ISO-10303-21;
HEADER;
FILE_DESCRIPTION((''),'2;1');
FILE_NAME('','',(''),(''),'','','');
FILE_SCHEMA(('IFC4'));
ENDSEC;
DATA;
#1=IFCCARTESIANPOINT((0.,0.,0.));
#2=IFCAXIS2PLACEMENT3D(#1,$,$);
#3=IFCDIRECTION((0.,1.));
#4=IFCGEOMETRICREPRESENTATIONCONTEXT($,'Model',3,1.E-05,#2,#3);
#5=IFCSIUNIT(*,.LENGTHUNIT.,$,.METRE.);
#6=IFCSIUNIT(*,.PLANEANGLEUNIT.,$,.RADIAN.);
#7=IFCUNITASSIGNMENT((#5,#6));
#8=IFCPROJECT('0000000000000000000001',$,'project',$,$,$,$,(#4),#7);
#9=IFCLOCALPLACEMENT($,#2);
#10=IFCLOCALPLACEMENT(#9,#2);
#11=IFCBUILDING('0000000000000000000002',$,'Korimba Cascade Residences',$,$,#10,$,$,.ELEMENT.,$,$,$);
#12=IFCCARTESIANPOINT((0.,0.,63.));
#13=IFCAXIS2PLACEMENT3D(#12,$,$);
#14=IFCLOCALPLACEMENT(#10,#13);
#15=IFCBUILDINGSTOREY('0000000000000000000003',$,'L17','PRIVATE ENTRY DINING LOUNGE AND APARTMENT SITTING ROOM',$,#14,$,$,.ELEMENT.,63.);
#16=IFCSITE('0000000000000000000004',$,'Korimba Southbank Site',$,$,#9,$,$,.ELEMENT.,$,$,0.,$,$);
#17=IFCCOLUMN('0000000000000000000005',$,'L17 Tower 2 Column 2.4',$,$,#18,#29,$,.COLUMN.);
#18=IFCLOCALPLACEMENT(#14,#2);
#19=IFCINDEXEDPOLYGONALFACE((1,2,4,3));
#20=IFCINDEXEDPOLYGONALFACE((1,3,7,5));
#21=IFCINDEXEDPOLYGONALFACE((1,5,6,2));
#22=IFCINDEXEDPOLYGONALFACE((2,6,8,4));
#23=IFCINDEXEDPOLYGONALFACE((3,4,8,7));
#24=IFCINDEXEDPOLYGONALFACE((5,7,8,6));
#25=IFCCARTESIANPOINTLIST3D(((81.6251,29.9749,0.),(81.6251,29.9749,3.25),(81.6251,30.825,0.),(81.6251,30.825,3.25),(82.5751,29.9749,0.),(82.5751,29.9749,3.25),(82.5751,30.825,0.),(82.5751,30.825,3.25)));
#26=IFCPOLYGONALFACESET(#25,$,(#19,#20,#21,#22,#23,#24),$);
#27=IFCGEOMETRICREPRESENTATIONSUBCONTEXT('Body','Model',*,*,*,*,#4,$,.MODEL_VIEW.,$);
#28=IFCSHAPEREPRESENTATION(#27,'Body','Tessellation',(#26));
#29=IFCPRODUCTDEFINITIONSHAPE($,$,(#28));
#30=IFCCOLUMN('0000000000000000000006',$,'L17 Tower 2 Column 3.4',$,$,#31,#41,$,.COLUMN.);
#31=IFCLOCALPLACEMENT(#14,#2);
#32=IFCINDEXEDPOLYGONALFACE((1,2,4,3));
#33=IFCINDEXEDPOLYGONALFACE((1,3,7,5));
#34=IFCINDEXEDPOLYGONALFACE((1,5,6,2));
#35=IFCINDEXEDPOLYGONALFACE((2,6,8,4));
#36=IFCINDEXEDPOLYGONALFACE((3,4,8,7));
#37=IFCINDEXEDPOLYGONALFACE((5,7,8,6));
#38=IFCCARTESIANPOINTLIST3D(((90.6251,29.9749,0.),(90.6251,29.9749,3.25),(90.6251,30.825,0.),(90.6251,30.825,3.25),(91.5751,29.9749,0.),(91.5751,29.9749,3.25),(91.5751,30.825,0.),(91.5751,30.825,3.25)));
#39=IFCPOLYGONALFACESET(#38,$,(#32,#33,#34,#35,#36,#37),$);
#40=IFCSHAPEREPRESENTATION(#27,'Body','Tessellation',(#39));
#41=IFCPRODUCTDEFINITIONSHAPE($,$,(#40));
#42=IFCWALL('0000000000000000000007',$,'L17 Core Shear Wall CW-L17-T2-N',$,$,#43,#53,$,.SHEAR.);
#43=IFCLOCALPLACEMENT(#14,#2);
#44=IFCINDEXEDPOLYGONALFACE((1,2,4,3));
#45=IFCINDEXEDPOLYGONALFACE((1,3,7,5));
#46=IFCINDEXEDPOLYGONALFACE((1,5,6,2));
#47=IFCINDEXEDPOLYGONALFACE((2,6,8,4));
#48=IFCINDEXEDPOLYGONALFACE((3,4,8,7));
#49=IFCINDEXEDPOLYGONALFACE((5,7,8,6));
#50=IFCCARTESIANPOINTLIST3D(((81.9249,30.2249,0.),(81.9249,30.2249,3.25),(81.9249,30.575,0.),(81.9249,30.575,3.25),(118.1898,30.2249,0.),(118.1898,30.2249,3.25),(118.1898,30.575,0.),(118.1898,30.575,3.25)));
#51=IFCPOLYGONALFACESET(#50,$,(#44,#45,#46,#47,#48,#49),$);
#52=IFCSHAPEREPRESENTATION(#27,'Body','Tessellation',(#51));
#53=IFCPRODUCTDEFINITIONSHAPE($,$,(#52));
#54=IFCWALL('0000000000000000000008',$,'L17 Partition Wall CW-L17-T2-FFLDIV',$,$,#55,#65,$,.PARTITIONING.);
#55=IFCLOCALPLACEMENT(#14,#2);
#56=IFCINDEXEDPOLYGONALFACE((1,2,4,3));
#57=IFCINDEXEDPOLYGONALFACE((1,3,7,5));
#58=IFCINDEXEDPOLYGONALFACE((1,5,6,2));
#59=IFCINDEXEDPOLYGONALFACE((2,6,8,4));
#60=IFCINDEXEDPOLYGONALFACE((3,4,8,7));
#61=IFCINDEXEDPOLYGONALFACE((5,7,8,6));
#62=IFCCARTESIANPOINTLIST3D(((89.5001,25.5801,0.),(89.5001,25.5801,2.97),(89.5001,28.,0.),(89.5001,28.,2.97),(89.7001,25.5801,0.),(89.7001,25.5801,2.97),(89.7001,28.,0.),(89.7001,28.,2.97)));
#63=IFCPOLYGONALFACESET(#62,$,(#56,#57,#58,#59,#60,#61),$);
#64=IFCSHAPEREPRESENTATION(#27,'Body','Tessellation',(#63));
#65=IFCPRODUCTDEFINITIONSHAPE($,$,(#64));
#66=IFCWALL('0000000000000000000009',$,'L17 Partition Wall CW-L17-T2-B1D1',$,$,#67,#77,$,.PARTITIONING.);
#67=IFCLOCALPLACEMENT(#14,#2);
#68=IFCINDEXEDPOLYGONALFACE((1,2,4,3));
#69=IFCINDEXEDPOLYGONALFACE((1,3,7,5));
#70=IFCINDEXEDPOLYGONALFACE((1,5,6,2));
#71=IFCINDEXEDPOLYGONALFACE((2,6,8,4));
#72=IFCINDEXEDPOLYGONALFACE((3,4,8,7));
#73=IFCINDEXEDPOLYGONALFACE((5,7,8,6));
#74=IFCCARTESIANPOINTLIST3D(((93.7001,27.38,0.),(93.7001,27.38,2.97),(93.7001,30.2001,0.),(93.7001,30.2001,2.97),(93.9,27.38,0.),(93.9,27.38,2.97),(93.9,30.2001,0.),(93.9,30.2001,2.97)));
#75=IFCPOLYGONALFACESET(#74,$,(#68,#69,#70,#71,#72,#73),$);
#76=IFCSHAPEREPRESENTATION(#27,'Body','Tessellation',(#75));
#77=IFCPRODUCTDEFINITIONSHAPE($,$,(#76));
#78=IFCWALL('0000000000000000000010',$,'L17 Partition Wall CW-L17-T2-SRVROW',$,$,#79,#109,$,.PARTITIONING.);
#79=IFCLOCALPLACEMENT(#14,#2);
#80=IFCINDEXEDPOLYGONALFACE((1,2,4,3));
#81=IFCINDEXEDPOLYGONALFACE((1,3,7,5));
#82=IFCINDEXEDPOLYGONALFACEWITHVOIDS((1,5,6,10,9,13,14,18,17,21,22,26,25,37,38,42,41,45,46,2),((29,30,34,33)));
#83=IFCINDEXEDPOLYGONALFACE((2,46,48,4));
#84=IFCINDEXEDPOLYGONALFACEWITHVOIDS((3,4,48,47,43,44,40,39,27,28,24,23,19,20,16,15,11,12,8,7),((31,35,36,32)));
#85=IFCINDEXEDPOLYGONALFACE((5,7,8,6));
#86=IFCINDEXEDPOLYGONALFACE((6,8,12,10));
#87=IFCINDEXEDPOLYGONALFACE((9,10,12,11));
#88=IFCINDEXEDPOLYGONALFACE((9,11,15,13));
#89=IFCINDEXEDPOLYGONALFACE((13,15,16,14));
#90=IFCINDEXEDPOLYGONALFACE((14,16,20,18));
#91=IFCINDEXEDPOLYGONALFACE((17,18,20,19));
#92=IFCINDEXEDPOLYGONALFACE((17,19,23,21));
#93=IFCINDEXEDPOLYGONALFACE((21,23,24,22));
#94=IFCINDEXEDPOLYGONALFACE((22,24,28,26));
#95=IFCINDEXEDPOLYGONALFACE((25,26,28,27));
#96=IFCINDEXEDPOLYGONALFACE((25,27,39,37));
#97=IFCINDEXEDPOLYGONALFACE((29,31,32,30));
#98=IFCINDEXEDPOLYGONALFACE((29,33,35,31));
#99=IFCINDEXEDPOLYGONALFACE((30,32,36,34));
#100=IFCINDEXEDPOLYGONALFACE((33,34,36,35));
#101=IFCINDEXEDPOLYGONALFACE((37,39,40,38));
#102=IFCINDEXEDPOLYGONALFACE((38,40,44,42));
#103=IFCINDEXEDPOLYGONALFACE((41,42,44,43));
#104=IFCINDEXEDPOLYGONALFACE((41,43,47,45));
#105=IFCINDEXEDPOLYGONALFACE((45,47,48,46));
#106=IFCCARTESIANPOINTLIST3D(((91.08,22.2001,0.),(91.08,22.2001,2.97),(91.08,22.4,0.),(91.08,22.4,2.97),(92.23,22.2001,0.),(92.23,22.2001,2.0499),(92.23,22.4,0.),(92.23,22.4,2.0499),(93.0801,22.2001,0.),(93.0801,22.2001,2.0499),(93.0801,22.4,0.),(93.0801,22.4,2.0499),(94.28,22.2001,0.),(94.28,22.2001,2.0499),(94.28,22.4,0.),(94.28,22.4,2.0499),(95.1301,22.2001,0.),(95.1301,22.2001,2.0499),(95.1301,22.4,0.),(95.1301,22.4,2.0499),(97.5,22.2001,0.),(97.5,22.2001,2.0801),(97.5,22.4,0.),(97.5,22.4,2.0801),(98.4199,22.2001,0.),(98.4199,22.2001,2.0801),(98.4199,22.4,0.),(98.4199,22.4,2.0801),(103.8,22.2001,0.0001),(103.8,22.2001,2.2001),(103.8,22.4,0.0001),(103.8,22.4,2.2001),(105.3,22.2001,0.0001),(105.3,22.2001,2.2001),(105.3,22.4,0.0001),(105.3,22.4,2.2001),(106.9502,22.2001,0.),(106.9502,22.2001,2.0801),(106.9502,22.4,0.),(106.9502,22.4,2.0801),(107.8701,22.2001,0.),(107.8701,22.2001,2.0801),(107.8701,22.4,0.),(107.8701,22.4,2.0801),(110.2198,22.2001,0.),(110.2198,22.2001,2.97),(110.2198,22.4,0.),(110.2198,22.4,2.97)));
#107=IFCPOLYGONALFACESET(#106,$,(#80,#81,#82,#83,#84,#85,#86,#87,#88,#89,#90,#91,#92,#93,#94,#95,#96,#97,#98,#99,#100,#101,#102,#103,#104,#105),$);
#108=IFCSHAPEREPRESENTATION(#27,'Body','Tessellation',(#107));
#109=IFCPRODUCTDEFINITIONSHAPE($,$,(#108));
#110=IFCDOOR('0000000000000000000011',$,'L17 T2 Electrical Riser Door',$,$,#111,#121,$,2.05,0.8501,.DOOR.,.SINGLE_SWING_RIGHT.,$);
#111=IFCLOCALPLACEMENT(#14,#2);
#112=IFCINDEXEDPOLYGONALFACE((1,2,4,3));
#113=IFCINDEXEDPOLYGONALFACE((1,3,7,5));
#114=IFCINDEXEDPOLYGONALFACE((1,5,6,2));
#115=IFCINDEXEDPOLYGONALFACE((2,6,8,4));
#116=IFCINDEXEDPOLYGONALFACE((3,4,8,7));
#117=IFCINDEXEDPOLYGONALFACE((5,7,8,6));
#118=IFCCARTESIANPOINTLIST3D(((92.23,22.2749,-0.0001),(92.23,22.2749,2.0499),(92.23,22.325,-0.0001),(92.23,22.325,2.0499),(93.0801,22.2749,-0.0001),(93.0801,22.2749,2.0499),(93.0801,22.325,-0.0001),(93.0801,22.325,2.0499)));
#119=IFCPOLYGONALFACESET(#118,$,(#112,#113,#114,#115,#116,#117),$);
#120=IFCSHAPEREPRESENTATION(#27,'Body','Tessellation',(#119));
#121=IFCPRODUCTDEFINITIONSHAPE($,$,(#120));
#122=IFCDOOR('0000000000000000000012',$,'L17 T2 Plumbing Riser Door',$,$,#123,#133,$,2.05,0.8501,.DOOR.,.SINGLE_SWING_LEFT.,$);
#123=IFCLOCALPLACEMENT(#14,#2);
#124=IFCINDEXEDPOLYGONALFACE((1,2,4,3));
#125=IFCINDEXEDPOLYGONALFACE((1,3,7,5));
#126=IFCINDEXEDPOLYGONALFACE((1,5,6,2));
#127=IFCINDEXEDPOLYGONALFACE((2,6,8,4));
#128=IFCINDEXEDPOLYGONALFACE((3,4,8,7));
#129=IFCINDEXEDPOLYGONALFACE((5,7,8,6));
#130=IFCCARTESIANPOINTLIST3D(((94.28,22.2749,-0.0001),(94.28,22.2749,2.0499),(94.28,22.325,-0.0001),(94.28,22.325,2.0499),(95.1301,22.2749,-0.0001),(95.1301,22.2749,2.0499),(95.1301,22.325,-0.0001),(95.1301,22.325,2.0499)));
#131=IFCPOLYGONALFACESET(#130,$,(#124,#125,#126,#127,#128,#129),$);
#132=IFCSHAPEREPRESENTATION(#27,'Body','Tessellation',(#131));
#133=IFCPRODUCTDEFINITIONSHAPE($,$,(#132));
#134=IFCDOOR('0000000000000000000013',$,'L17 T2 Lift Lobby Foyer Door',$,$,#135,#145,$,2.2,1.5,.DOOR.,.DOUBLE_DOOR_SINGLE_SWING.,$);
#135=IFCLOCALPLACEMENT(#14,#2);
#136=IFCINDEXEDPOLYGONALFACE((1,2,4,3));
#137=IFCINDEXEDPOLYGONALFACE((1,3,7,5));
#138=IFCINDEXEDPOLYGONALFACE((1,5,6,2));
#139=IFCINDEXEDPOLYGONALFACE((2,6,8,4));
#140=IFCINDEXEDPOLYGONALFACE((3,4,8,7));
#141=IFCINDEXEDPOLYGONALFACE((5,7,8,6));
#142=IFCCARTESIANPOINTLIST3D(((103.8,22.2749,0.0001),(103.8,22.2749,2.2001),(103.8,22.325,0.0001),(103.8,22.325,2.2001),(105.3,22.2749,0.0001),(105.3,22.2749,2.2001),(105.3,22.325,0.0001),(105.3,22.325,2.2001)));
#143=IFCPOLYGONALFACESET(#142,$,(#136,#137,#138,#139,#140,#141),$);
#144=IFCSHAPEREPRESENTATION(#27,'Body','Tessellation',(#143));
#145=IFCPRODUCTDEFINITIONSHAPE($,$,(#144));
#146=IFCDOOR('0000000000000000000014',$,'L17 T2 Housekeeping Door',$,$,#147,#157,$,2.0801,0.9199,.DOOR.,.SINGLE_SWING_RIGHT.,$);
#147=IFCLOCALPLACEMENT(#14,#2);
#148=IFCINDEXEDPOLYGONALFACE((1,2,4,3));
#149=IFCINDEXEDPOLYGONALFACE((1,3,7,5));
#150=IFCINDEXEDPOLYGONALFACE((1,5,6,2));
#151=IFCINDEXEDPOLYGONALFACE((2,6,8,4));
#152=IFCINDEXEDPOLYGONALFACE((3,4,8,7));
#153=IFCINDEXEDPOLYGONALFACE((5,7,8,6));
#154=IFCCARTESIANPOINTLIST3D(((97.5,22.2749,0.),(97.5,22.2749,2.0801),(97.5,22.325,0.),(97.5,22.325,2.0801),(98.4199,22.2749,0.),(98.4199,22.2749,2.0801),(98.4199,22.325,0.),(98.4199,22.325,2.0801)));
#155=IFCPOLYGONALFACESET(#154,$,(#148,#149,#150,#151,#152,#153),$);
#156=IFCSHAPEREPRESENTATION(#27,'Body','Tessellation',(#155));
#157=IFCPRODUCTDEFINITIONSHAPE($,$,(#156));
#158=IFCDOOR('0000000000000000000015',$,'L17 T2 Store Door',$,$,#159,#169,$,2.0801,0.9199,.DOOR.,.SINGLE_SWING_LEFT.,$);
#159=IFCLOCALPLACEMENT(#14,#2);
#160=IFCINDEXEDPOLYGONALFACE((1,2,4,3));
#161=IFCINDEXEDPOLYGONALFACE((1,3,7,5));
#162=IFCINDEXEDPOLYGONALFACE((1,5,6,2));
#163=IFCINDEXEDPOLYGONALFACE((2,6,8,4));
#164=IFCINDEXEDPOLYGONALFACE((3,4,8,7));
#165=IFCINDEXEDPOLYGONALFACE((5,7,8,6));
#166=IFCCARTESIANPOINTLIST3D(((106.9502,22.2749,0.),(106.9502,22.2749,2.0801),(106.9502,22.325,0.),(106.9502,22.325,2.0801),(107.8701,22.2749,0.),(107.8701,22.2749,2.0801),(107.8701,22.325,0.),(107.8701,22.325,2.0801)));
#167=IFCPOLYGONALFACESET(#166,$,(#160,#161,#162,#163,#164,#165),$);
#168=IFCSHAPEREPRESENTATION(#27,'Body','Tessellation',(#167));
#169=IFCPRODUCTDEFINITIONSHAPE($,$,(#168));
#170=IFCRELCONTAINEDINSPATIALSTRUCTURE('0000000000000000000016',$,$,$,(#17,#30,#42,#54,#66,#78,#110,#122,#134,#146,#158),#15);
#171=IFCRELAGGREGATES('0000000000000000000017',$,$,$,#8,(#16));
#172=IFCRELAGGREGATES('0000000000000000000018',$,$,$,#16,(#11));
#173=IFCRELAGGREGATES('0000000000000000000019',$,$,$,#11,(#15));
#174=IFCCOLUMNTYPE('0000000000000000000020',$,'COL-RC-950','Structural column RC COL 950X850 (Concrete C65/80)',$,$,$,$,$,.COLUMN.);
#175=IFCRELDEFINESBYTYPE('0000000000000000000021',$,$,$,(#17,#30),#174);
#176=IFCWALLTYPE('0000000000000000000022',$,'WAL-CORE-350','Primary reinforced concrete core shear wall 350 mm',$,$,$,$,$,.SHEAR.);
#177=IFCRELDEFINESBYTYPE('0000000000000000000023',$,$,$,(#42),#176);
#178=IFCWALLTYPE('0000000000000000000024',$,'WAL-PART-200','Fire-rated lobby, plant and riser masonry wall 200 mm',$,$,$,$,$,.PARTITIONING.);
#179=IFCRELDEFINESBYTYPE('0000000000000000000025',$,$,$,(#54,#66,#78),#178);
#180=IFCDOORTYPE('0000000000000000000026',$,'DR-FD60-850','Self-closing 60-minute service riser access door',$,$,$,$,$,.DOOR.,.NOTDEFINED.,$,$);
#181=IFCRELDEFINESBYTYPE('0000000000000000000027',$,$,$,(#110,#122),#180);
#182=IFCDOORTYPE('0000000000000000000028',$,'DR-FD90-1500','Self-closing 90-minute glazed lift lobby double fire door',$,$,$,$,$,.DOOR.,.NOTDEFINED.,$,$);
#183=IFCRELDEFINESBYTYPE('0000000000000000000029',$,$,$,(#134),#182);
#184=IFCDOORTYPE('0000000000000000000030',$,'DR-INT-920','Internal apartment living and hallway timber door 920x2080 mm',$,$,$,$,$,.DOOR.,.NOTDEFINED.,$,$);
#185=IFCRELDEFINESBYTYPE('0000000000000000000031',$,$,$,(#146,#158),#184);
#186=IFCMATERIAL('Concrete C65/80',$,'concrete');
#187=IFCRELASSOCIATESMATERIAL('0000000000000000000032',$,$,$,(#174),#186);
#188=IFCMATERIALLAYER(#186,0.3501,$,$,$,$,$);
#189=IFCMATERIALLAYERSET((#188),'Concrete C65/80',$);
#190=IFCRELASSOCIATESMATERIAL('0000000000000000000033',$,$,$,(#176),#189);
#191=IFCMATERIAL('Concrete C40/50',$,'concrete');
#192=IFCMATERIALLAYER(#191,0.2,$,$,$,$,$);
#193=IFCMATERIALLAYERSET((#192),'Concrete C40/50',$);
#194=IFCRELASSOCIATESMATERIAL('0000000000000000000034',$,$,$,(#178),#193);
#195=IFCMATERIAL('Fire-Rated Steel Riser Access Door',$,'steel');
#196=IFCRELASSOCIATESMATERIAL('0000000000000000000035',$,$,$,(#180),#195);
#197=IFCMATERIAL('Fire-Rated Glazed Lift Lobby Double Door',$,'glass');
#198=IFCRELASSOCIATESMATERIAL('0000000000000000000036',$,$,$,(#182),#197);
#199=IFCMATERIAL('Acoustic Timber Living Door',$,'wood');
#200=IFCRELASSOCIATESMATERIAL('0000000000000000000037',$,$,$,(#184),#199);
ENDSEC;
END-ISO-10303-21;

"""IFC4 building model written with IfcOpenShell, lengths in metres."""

from ifc_helpers import new_model, si_unit, direction, frame, frame_2d, origin, origin_2d, place, context, subcontext, project, spatial, rectangle, extrude, material, layer, layer_set, material_profile, profile_set, type_object, element, fill, save


model = new_model("IFC4")

# Units and contexts
model_context = context("Model", 3, precision=1e-05, world=origin(), true_north=direction((0.0, 1.0)))
body_context = subcontext(model_context, "Body", "Model", "MODEL_VIEW")
ifc_project = project(units=[si_unit("LENGTHUNIT", "METRE"), si_unit("PLANEANGLEUNIT", "RADIAN")], contexts=[model_context])

# Site, building, storey
site_placement = place(None, origin())
site = spatial("IfcSite", under=ifc_project, at=site_placement, Name="Korimba Southbank Site", CompositionType="ELEMENT", RefElevation=0.0)
building_placement = place(site_placement, origin())
building = spatial("IfcBuilding", under=site, at=building_placement, Name="Korimba Cascade Residences", CompositionType="ELEMENT")
storey_placement = place(building_placement, frame((0.0, 0.0, 63.0)))
storey = spatial("IfcBuildingStorey", under=building, at=storey_placement, Name="L17", Description="PRIVATE ENTRY DINING LOUNGE AND APARTMENT SITTING ROOM", CompositionType="ELEMENT", Elevation=63.0)

# Columns
ifc_material_1 = material(Name="Concrete C65/80", Category="concrete")
ifc_material_profile = material_profile(ifc_material_1, rectangle(XDim=0.95, YDim=0.8501, at=origin_2d()), Name="Concrete C65/80")
ifc_profile_set = profile_set([ifc_material_profile], Name="Concrete C65/80")
column_type = type_object("IfcColumnType", Name="COL-RC-950", Description="Structural column RC COL 950X850 (Concrete C65/80)", PredefinedType="COLUMN", material=ifc_profile_set)
for number, where, z_axis, x_axis, name in (
    (1, (82.1001, 30.3999, 0.0), (0.0, 0.0, 1.0), (1.0, 0.0, 0.0), "L17 Tower 2 Column 2.4"),
    (2, (91.1001, 30.3999, 0.0), (0.0, 0.0, 1.0), (1.0, 0.0, 0.0), "L17 Tower 2 Column 3.4"),
):
    element("IfcColumn", number, at=place(storey_placement, frame(where, z_axis=z_axis, x_axis=x_axis)), inside=storey, type_object=column_type, Name=name, PredefinedType="COLUMN", context=body_context, shape_type="SweptSolid", body=[
        extrude(rectangle(XDim=0.95, YDim=0.8501, at=origin_2d()), origin(), (0.0, 0.0, 1.0), 3.25),
    ])

# Walls
ifc_layer_1 = layer(ifc_material_1, 0.3501)
ifc_layer_set_1 = layer_set([ifc_layer_1], Name="Concrete C65/80")
wall_type_1 = type_object("IfcWallType", Name="WAL-CORE-350", Description="Primary reinforced concrete core shear wall 350 mm", PredefinedType="SHEAR", material=ifc_layer_set_1)
wall_1_placement = place(storey_placement, frame((81.925, 30.3999, 0.0), z_axis=(0.0, 0.0, 1.0), x_axis=(1.0, 0.0, 0.0)))
element("IfcWall", 3, at=wall_1_placement, inside=storey, type_object=wall_type_1, Name="L17 Core Shear Wall CW-L17-T2-N", PredefinedType="SHEAR", context=body_context, shape_type="SweptSolid", body=[
    extrude(rectangle(XDim=36.2649, YDim=0.3501, at=frame_2d((18.1323, 0.0))), origin(), (0.0, 0.0, 1.0), 3.25),
])
ifc_material_2 = material(Name="Concrete C40/50", Category="concrete")
ifc_layer_2 = layer(ifc_material_2, 0.2)
ifc_layer_set_2 = layer_set([ifc_layer_2], Name="Concrete C40/50")
wall_type_2 = type_object("IfcWallType", Name="WAL-PART-200", Description="Fire-rated lobby, plant and riser masonry wall 200 mm", PredefinedType="PARTITIONING", material=ifc_layer_set_2)
wall_2_placement = place(storey_placement, frame((89.6001, 25.5801, 0.0), z_axis=(0.0, 0.0, 1.0), x_axis=(0.0, 1.0, 0.0)))
element("IfcWall", 4, at=wall_2_placement, inside=storey, type_object=wall_type_2, Name="L17 Partition Wall CW-L17-T2-FFLDIV", PredefinedType="PARTITIONING", context=body_context, shape_type="SweptSolid", body=[
    extrude(rectangle(XDim=2.4199, YDim=0.2, at=frame_2d((1.21, 0.0))), origin(), (0.0, 0.0, 1.0), 2.97),
])
wall_3_placement = place(storey_placement, frame((93.8, 27.3799, 0.0), z_axis=(0.0, 0.0, 1.0), x_axis=(0.0, 1.0, 0.0)))
element("IfcWall", 5, at=wall_3_placement, inside=storey, type_object=wall_type_2, Name="L17 Partition Wall CW-L17-T2-B1D1", PredefinedType="PARTITIONING", context=body_context, shape_type="SweptSolid", body=[
    extrude(rectangle(XDim=2.8201, YDim=0.2, at=frame_2d((1.4102, 0.0))), origin(), (0.0, 0.0, 1.0), 2.97),
])

# Wall, openings, doors
wall_4_placement = place(storey_placement, frame((91.0801, 22.3, 0.0), z_axis=(0.0, 0.0, 1.0), x_axis=(1.0, 0.0, 0.0)))
wall_4 = element("IfcWall", 6, at=wall_4_placement, inside=storey, type_object=wall_type_2, Name="L17 Partition Wall CW-L17-T2-SRVROW", PredefinedType="PARTITIONING", context=body_context, shape_type="SweptSolid", body=[
    extrude(rectangle(XDim=19.1399, YDim=0.2, at=frame_2d((9.5698, 0.0))), origin(), (0.0, 0.0, 1.0), 2.97),
])
opening_1_placement = place(wall_4_placement, frame((1.1499, 0.0, 0.0)))
opening_1 = element("IfcOpeningElement", 7, at=opening_1_placement, cuts=wall_4, PredefinedType="OPENING", context=body_context, shape_type="SweptSolid", body=[
    extrude(rectangle(XDim=0.8501, YDim=2.05, at=frame_2d((0.425, 1.0249))), frame((0.0, 0.1099, 0.0), z_axis=(0.0, -1.0, 0.0), x_axis=(1.0, 0.0, 0.0)), (0.0, 0.0, 1.0), 0.22),
])
opening_2_placement = place(wall_4_placement, frame((3.2, 0.0, 0.0)))
opening_2 = element("IfcOpeningElement", 8, at=opening_2_placement, cuts=wall_4, PredefinedType="OPENING", context=body_context, shape_type="SweptSolid", body=[
    extrude(rectangle(XDim=0.8501, YDim=2.05, at=frame_2d((0.425, 1.0249))), frame((0.0, 0.1099, 0.0), z_axis=(0.0, -1.0, 0.0), x_axis=(1.0, 0.0, 0.0)), (0.0, 0.0, 1.0), 0.22),
])
opening_3_placement = place(wall_4_placement, frame((12.72, 0.0, 0.0)))
opening_3 = element("IfcOpeningElement", 9, at=opening_3_placement, cuts=wall_4, PredefinedType="OPENING", context=body_context, shape_type="SweptSolid", body=[
    extrude(rectangle(XDim=1.5, YDim=2.2, at=frame_2d((0.75, 1.1001))), frame((0.0, 0.1099, 0.0), z_axis=(0.0, -1.0, 0.0), x_axis=(1.0, 0.0, 0.0)), (0.0, 0.0, 1.0), 0.22),
])
opening_4_placement = place(wall_4_placement, frame((6.4199, 0.0, 0.0)))
opening_4 = element("IfcOpeningElement", 10, at=opening_4_placement, cuts=wall_4, PredefinedType="OPENING", context=body_context, shape_type="SweptSolid", body=[
    extrude(rectangle(XDim=0.9199, YDim=2.0801, at=frame_2d((0.46, 1.04))), frame((0.0, 0.1099, 0.0), z_axis=(0.0, -1.0, 0.0), x_axis=(1.0, 0.0, 0.0)), (0.0, 0.0, 1.0), 0.22),
])
opening_5_placement = place(wall_4_placement, frame((15.8701, 0.0, 0.0)))
opening_5 = element("IfcOpeningElement", 11, at=opening_5_placement, cuts=wall_4, PredefinedType="OPENING", context=body_context, shape_type="SweptSolid", body=[
    extrude(rectangle(XDim=0.9199, YDim=2.0801, at=frame_2d((0.46, 1.04))), frame((0.0, 0.1099, 0.0), z_axis=(0.0, -1.0, 0.0), x_axis=(1.0, 0.0, 0.0)), (0.0, 0.0, 1.0), 0.22),
])
ifc_material_3 = material(Name="Fire-Rated Steel Riser Access Door", Category="steel")
door_type_1 = type_object("IfcDoorType", Name="DR-FD60-850", Description="Self-closing 60-minute service riser access door", OperationType="NOTDEFINED", PredefinedType="DOOR", material=ifc_material_3)
door_1_placement = place(opening_1_placement, origin())
door_1 = element("IfcDoor", 12, at=door_1_placement, inside=storey, type_object=door_type_1, Name="L17 T2 Electrical Riser Door", OperationType="SINGLE_SWING_RIGHT", OverallHeight=2.05, OverallWidth=0.8501, PredefinedType="DOOR", context=body_context, shape_type="SweptSolid", body=[
    extrude(rectangle(XDim=0.8501, YDim=2.05, at=frame_2d((0.425, 1.0249))), frame((0.0, 0.0249, 0.0), z_axis=(0.0, -1.0, 0.0), x_axis=(1.0, 0.0, 0.0)), (0.0, 0.0, 1.0), 0.05),
])
fill(opening_1, door_1)
door_2_placement = place(opening_2_placement, origin())
door_2 = element("IfcDoor", 13, at=door_2_placement, inside=storey, type_object=door_type_1, Name="L17 T2 Plumbing Riser Door", OperationType="SINGLE_SWING_LEFT", OverallHeight=2.05, OverallWidth=0.8501, PredefinedType="DOOR", context=body_context, shape_type="SweptSolid", body=[
    extrude(rectangle(XDim=0.8501, YDim=2.05, at=frame_2d((0.425, 1.0249))), frame((0.0, 0.0249, 0.0), z_axis=(0.0, -1.0, 0.0), x_axis=(1.0, 0.0, 0.0)), (0.0, 0.0, 1.0), 0.05),
])
fill(opening_2, door_2)
ifc_material_4 = material(Name="Fire-Rated Glazed Lift Lobby Double Door", Category="glass")
door_type_2 = type_object("IfcDoorType", Name="DR-FD90-1500", Description="Self-closing 90-minute glazed lift lobby double fire door", OperationType="NOTDEFINED", PredefinedType="DOOR", material=ifc_material_4)
door_3_placement = place(opening_3_placement, origin())
door_3 = element("IfcDoor", 14, at=door_3_placement, inside=storey, type_object=door_type_2, Name="L17 T2 Lift Lobby Foyer Door", OperationType="DOUBLE_DOOR_SINGLE_SWING", OverallHeight=2.2, OverallWidth=1.5, PredefinedType="DOOR", context=body_context, shape_type="SweptSolid", body=[
    extrude(rectangle(XDim=1.5, YDim=2.2, at=frame_2d((0.75, 1.1001))), frame((0.0, 0.0249, 0.0), z_axis=(0.0, -1.0, 0.0), x_axis=(1.0, 0.0, 0.0)), (0.0, 0.0, 1.0), 0.05),
])
fill(opening_3, door_3)
ifc_material_5 = material(Name="Acoustic Timber Living Door", Category="wood")
door_type_3 = type_object("IfcDoorType", Name="DR-INT-920", Description="Internal apartment living and hallway timber door 920x2080 mm", OperationType="NOTDEFINED", PredefinedType="DOOR", material=ifc_material_5)
door_4_placement = place(opening_4_placement, origin())
door_4 = element("IfcDoor", 15, at=door_4_placement, inside=storey, type_object=door_type_3, Name="L17 T2 Housekeeping Door", OperationType="SINGLE_SWING_RIGHT", OverallHeight=2.0801, OverallWidth=0.9199, PredefinedType="DOOR", context=body_context, shape_type="SweptSolid", body=[
    extrude(rectangle(XDim=0.9199, YDim=2.0801, at=frame_2d((0.46, 1.04))), frame((0.0, 0.0249, 0.0), z_axis=(0.0, -1.0, 0.0), x_axis=(1.0, 0.0, 0.0)), (0.0, 0.0, 1.0), 0.05),
])
fill(opening_4, door_4)
door_5_placement = place(opening_5_placement, origin())
door_5 = element("IfcDoor", 16, at=door_5_placement, inside=storey, type_object=door_type_3, Name="L17 T2 Store Door", OperationType="SINGLE_SWING_LEFT", OverallHeight=2.0801, OverallWidth=0.9199, PredefinedType="DOOR", context=body_context, shape_type="SweptSolid", body=[
    extrude(rectangle(XDim=0.9199, YDim=2.0801, at=frame_2d((0.46, 1.04))), frame((0.0, 0.0249, 0.0), z_axis=(0.0, -1.0, 0.0), x_axis=(1.0, 0.0, 0.0)), (0.0, 0.0, 1.0), 0.05),
])
fill(opening_5, door_5)

save(model, "model.ifc")
